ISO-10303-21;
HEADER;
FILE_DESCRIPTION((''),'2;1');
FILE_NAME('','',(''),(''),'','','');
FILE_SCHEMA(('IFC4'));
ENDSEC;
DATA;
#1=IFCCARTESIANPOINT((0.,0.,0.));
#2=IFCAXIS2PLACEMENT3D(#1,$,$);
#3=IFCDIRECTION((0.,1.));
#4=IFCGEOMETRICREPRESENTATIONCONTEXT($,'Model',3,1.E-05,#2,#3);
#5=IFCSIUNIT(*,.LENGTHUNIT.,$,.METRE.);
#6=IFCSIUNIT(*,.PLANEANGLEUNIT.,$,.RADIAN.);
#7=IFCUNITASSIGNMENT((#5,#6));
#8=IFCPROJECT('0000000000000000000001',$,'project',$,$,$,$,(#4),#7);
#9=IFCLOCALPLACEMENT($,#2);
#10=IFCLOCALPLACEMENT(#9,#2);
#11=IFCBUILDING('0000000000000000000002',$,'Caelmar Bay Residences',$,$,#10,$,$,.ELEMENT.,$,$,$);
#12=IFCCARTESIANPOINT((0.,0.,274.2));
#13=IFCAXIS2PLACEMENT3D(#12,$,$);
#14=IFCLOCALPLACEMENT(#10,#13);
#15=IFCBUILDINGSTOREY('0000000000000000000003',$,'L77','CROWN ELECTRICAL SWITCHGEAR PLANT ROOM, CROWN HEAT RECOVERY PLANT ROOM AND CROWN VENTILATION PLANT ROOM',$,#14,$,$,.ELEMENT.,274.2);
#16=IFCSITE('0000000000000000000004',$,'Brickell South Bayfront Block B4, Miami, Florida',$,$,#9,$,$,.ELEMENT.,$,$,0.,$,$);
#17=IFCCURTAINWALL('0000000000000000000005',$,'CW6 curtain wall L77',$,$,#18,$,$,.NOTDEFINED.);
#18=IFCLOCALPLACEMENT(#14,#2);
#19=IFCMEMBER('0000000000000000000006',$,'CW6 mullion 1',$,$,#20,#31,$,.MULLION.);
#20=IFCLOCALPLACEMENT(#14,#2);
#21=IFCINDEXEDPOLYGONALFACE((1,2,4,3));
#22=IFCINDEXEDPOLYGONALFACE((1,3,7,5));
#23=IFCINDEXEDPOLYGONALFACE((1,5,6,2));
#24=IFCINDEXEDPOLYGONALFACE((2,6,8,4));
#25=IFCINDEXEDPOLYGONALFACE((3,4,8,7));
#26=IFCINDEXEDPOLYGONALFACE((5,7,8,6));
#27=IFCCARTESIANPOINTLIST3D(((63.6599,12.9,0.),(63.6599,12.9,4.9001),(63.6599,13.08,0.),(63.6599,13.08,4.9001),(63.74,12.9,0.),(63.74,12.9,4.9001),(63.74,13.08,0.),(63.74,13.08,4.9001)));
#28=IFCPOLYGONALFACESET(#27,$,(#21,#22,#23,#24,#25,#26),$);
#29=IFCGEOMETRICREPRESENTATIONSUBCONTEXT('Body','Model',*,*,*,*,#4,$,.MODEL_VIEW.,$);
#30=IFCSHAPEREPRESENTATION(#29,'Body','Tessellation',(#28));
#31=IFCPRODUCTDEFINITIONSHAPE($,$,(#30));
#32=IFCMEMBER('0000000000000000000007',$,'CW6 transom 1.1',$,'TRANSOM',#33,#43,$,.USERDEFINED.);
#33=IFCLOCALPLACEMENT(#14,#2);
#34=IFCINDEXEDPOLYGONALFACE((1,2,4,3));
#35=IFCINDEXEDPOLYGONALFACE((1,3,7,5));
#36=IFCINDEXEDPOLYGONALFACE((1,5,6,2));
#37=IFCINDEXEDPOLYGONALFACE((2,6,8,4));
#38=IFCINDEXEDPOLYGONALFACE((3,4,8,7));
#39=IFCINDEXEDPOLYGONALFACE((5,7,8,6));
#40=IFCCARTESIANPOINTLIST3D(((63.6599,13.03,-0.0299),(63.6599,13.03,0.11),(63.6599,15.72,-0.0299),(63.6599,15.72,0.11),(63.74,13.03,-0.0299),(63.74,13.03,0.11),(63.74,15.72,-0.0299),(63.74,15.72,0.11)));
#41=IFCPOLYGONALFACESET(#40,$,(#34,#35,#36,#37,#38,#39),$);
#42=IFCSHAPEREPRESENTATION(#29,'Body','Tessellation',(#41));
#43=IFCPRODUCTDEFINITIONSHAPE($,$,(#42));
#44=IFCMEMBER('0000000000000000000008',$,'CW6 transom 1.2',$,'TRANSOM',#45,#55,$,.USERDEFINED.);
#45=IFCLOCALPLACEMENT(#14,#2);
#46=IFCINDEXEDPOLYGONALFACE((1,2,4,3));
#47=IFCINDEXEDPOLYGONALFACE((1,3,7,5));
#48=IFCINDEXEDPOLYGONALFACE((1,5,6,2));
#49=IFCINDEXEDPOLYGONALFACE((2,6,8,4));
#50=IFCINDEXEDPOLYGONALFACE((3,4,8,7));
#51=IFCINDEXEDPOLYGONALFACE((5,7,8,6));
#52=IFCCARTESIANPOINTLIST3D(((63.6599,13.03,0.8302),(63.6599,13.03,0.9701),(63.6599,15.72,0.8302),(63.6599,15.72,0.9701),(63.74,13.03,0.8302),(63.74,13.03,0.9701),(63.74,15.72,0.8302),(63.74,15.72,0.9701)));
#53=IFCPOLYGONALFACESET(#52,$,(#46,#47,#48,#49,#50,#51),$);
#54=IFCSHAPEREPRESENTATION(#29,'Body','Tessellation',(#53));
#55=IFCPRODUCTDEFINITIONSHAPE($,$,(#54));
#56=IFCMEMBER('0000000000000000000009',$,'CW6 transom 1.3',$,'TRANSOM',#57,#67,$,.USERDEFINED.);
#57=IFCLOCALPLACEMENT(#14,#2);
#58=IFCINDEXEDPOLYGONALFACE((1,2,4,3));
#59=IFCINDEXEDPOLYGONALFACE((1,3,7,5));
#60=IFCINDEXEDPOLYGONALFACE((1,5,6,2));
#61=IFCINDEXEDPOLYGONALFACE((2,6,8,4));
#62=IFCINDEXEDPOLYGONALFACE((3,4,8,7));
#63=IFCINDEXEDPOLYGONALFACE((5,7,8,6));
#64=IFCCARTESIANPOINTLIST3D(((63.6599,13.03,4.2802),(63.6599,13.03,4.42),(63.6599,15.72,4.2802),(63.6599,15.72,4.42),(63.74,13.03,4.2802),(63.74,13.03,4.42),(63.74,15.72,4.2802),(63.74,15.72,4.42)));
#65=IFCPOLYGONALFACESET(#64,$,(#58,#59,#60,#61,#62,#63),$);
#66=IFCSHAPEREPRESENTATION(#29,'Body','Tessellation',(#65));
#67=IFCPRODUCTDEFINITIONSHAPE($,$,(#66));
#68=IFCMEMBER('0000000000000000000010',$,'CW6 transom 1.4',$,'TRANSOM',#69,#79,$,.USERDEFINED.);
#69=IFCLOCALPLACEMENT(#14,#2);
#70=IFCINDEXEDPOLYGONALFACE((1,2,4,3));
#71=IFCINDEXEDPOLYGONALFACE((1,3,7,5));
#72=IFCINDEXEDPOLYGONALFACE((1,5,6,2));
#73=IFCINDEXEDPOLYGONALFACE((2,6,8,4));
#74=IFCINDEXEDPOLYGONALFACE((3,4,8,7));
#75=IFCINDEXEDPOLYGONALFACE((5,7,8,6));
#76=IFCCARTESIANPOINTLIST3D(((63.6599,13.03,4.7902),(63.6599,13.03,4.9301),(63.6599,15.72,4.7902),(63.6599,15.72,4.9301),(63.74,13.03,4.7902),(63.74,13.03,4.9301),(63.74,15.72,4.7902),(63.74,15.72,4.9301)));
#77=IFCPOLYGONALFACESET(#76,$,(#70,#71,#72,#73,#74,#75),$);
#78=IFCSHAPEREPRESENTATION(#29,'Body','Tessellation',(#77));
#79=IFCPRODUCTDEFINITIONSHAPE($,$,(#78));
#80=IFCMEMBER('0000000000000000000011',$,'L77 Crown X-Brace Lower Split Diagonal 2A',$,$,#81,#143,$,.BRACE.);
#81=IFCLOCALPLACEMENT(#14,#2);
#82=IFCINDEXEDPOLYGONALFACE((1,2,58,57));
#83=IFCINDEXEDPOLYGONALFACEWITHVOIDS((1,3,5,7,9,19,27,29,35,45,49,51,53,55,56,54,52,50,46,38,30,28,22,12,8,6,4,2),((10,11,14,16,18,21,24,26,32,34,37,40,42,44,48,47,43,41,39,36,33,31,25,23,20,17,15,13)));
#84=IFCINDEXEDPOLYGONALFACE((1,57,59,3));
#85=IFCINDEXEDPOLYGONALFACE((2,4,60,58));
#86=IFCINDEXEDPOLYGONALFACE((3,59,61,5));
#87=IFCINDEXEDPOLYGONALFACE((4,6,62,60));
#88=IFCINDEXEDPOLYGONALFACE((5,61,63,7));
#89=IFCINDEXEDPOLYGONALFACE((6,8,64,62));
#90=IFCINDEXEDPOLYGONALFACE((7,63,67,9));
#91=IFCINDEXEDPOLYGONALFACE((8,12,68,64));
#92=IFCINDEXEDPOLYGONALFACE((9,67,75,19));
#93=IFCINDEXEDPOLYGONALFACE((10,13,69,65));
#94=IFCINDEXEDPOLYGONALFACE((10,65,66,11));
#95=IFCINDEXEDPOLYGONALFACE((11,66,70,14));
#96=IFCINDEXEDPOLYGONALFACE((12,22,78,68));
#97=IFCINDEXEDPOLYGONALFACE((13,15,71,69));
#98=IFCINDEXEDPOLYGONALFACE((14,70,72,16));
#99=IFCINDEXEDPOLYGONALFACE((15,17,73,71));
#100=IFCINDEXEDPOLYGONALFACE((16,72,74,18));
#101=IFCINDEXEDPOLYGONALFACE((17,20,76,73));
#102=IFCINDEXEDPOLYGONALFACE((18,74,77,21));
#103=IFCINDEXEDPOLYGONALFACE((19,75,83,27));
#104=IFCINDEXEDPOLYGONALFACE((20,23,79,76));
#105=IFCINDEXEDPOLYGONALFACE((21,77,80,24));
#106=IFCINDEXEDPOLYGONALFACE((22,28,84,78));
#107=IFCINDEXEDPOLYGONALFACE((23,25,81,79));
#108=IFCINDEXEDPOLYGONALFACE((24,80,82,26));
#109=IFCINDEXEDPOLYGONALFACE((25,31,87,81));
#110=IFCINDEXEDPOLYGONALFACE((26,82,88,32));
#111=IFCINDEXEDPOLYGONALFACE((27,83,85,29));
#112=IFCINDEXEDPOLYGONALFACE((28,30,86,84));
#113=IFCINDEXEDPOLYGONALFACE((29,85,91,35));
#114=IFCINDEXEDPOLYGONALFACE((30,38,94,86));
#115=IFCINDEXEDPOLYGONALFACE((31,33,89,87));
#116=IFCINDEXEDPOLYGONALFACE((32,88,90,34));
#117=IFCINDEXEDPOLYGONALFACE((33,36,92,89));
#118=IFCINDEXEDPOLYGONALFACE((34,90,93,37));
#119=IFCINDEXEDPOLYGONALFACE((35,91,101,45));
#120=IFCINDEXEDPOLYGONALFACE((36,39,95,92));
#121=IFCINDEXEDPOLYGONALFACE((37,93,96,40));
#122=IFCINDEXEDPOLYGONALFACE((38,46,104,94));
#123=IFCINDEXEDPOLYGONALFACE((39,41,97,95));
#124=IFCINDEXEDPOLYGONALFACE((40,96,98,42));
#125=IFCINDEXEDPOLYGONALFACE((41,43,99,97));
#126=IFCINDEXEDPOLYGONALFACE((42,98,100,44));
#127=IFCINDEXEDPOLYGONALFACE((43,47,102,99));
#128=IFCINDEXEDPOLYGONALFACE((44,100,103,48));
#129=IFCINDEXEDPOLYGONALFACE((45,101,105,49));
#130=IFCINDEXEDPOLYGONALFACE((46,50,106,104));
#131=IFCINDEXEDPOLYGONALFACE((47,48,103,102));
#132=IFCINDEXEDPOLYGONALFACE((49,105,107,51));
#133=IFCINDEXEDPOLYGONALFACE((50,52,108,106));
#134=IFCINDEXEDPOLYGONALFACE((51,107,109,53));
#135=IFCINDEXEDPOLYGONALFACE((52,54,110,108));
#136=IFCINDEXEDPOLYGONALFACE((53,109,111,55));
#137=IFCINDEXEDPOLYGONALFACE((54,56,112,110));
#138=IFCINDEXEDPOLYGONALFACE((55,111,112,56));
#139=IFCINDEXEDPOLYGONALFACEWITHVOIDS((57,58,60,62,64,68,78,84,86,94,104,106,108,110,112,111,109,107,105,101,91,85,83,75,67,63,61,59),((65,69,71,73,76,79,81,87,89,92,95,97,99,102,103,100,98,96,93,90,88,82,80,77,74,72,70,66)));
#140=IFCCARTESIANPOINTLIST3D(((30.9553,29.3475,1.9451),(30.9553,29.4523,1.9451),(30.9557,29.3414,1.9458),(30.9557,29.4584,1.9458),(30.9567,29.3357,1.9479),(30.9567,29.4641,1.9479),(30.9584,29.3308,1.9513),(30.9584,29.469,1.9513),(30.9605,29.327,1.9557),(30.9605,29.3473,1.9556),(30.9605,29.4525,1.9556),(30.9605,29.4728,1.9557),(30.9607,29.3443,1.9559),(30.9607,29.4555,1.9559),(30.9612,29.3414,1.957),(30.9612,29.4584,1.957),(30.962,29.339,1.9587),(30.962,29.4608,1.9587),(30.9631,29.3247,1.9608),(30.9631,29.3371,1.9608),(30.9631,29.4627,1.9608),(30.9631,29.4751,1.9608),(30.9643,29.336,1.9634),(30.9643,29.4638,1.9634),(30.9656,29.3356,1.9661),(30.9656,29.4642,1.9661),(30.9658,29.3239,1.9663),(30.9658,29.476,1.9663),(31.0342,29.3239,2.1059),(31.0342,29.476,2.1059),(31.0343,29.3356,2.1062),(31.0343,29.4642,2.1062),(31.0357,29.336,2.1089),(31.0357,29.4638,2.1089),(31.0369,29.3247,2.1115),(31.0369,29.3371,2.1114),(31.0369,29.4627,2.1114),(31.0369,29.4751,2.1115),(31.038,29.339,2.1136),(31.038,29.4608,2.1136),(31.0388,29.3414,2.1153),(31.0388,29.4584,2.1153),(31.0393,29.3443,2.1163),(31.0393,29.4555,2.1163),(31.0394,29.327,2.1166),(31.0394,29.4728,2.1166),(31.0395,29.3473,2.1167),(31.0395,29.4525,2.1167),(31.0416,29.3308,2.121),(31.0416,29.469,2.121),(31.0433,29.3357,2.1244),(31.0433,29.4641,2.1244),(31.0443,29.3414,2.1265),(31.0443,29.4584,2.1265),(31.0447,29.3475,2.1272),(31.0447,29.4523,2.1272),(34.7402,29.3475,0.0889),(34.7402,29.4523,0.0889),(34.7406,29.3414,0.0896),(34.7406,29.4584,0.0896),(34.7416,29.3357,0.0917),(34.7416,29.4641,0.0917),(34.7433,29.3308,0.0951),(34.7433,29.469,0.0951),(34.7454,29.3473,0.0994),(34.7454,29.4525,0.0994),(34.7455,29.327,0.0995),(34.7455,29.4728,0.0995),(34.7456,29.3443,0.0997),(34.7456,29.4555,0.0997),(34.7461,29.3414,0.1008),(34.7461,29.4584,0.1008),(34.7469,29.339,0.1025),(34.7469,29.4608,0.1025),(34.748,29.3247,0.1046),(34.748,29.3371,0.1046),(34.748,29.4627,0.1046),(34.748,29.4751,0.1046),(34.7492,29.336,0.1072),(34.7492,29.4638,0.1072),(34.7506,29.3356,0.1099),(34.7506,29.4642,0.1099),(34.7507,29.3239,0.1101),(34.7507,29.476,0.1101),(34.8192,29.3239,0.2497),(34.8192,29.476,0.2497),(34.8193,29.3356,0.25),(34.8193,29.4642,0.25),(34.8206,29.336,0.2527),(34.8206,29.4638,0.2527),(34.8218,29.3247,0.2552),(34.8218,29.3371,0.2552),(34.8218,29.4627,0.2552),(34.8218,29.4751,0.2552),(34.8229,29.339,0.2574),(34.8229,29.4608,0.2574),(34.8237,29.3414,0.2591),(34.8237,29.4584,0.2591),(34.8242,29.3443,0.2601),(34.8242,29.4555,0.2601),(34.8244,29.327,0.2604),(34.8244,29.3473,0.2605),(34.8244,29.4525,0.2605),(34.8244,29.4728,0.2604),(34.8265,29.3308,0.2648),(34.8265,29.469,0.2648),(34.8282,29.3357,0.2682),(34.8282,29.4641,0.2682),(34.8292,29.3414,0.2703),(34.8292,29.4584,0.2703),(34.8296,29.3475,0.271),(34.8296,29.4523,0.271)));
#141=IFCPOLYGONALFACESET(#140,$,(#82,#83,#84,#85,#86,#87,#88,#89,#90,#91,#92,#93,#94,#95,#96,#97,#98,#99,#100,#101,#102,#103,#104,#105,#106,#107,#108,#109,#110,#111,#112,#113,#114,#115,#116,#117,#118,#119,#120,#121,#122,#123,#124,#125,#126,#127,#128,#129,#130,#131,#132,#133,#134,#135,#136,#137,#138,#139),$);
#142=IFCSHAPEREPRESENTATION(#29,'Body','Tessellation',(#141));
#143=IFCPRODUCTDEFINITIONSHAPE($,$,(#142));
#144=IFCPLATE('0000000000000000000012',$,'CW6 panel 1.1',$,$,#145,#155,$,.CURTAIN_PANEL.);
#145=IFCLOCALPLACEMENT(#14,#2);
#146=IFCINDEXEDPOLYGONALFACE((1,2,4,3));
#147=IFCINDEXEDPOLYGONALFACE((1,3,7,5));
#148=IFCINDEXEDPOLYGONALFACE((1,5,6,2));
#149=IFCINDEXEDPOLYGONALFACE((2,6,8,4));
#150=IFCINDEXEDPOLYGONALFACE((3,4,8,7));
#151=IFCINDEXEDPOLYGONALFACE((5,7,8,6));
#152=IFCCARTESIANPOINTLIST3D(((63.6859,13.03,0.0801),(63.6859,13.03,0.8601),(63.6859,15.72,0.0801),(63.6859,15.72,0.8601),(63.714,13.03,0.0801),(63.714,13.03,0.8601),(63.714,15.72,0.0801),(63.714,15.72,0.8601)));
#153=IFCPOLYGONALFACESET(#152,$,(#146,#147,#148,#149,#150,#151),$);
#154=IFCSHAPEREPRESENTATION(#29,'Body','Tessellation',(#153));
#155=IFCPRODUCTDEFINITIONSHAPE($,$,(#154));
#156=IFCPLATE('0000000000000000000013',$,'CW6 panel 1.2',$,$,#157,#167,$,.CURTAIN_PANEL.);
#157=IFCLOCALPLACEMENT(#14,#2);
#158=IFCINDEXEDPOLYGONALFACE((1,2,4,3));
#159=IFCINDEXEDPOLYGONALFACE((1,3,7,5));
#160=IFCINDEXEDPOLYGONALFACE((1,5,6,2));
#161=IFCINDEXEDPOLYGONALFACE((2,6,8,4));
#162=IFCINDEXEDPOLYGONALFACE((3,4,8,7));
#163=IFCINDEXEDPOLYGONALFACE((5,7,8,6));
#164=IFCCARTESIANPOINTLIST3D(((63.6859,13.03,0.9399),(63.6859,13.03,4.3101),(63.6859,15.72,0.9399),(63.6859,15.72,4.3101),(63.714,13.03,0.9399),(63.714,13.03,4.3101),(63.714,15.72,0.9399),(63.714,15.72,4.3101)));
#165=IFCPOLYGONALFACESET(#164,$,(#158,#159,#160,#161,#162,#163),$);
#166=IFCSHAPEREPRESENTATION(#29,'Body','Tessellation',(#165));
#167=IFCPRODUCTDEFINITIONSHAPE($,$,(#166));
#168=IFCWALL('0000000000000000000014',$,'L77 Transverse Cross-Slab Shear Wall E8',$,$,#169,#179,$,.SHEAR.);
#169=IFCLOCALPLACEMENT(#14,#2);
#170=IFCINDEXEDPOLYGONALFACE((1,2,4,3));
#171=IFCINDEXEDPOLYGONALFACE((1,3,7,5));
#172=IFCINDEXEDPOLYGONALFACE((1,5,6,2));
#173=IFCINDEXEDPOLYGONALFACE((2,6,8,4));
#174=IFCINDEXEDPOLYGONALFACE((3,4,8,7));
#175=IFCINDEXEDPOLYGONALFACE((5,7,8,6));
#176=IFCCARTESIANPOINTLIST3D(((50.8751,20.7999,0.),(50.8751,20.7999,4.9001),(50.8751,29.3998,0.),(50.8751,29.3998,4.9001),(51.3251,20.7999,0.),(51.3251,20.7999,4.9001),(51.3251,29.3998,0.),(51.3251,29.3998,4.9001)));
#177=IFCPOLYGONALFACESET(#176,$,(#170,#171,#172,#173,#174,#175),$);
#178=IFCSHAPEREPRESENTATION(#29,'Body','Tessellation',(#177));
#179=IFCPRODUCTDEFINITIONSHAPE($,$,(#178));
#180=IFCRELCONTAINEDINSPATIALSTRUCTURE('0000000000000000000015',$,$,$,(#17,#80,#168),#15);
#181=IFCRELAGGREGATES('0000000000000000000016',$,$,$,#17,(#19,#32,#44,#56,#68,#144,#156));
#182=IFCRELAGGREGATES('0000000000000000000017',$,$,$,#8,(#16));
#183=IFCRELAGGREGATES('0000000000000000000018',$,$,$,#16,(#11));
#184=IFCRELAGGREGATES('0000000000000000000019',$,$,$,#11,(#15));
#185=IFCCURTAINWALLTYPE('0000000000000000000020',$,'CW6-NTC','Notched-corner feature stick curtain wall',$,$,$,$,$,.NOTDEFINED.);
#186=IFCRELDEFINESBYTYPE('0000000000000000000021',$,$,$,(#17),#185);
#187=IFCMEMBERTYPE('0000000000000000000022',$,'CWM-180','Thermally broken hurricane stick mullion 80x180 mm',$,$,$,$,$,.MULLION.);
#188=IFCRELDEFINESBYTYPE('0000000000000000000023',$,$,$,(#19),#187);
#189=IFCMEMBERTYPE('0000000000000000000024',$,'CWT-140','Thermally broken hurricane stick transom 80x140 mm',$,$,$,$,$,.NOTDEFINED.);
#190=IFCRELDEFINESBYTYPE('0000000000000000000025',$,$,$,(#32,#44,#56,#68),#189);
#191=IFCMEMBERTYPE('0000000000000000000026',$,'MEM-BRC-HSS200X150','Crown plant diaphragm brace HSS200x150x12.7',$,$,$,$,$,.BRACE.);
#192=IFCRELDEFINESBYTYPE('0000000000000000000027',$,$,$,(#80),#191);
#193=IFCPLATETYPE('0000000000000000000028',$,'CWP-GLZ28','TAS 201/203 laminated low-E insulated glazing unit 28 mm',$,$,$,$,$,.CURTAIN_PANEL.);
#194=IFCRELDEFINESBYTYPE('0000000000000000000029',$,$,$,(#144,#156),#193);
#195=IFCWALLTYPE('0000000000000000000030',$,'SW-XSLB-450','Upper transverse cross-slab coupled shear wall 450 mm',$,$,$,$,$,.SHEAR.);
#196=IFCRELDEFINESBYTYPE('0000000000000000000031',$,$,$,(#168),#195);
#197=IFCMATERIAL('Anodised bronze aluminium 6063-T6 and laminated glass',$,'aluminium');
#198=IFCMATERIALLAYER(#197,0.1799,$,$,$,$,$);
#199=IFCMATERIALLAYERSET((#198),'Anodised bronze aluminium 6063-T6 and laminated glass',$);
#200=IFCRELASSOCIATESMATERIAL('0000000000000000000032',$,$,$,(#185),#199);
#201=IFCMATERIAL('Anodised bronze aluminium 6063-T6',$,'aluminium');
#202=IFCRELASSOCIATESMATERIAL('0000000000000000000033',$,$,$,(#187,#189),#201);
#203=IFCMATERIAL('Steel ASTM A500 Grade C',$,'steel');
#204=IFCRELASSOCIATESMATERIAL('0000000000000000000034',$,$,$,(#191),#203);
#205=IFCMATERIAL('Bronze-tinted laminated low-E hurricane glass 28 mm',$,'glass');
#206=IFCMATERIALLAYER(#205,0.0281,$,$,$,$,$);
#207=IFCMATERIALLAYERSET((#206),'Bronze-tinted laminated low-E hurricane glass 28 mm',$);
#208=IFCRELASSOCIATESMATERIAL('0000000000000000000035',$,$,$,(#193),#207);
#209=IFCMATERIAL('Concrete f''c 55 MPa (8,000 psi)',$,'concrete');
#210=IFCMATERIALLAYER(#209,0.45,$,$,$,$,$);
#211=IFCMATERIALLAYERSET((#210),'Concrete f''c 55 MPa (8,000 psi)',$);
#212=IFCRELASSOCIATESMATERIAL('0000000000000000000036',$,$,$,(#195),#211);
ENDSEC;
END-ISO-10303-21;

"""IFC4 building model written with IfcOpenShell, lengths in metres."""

from ifc_helpers import new_model, si_unit, direction, frame, frame_2d, origin, origin_2d, place, context, subcontext, project, spatial, rectangle, hollow_rectangle, extrude, material, layer, layer_set, material_profile, profile_set, type_object, element, aggregate, save


model = new_model("IFC4")

# Units and contexts
model_context = context("Model", 3, precision=1e-05, world=origin(), true_north=direction((0.0, 1.0)))
body_context = subcontext(model_context, "Body", "Model", "MODEL_VIEW")
ifc_project = project(units=[si_unit("LENGTHUNIT", "METRE"), si_unit("PLANEANGLEUNIT", "RADIAN")], contexts=[model_context])

# Site, building, storey
site_placement = place(None, origin())
site = spatial("IfcSite", under=ifc_project, at=site_placement, Name="Brickell South Bayfront Block B4, Miami, Florida", CompositionType="ELEMENT", RefElevation=0.0)
building_placement = place(site_placement, origin())
building = spatial("IfcBuilding", under=site, at=building_placement, Name="Caelmar Bay Residences", CompositionType="ELEMENT")
storey_placement = place(building_placement, frame((0.0, 0.0, 274.2)))
storey = spatial("IfcBuildingStorey", under=building, at=storey_placement, Name="L77", Description="CROWN ELECTRICAL SWITCHGEAR PLANT ROOM, CROWN HEAT RECOVERY PLANT ROOM AND CROWN VENTILATION PLANT ROOM", CompositionType="ELEMENT", Elevation=274.2)

# Shared definitions
ifc_material_1 = material(Name="Concrete f'c 55 MPa (8,000 psi)", Category="concrete")

# Curtain wall, members
ifc_material_2 = material(Name="Anodised bronze aluminium 6063-T6 and laminated glass", Category="aluminium")
ifc_layer_1 = layer(ifc_material_2, 0.1799)
ifc_layer_set_1 = layer_set([ifc_layer_1], Name="Anodised bronze aluminium 6063-T6 and laminated glass")
curtain_wall_type = type_object("IfcCurtainWallType", Name="CW6-NTC", Description="Notched-corner feature stick curtain wall", PredefinedType="NOTDEFINED", material=ifc_layer_set_1)
curtain_wall_placement = place(storey_placement, origin())
curtain_wall = element("IfcCurtainWall", 1, at=curtain_wall_placement, inside=storey, type_object=curtain_wall_type, Name="CW6 curtain wall L77", PredefinedType="NOTDEFINED")
ifc_material_3 = material(Name="Anodised bronze aluminium 6063-T6", Category="aluminium")
ifc_material_profile_1 = material_profile(ifc_material_3, rectangle(XDim=0.0801, YDim=0.1799, at=origin_2d()), Name="CWM-80X180")
ifc_profile_set_1 = profile_set([ifc_material_profile_1], Name="Anodised bronze aluminium 6063-T6")
member_type_1 = type_object("IfcMemberType", Name="CWM-180", Description="Thermally broken hurricane stick mullion 80x180 mm", PredefinedType="MULLION", material=ifc_profile_set_1)
member_1_placement = place(storey_placement, frame((63.7, 12.99, 0.0), z_axis=(0.0, 0.0, 1.0), x_axis=(-1.0, 0.0, 0.0)))
member_1 = element("IfcMember", 2, at=member_1_placement, type_object=member_type_1, Name="CW6 mullion 1", PredefinedType="MULLION", context=body_context, shape_type="SweptSolid", body=[
    extrude(rectangle(XDim=0.0801, YDim=0.1799, at=origin_2d()), origin(), (0.0, 0.0, 1.0), 4.9001),
])
ifc_material_profile_2 = material_profile(ifc_material_3, rectangle(XDim=0.0801, YDim=0.1399, at=origin_2d()), Name="CWT-80X140")
ifc_profile_set_2 = profile_set([ifc_material_profile_2], Name="Anodised bronze aluminium 6063-T6")
member_type_2 = type_object("IfcMemberType", Name="CWT-140", Description="Thermally broken hurricane stick transom 80x140 mm", PredefinedType="NOTDEFINED", material=ifc_profile_set_2)
member_2_placement = place(storey_placement, frame((63.7, 13.03, 0.04), z_axis=(0.0, 1.0, 0.0), x_axis=(-1.0, 0.0, 0.0)))
member_2 = element("IfcMember", 3, at=member_2_placement, type_object=member_type_2, Name="CW6 transom 1.1", ObjectType="TRANSOM", PredefinedType="USERDEFINED", context=body_context, shape_type="SweptSolid", body=[
    extrude(rectangle(XDim=0.0801, YDim=0.1399, at=origin_2d()), origin(), (0.0, 0.0, 1.0), 2.6899),
])
member_3_placement = place(storey_placement, frame((63.7, 13.03, 0.9001), z_axis=(0.0, 1.0, 0.0), x_axis=(-1.0, 0.0, 0.0)))
member_3 = element("IfcMember", 4, at=member_3_placement, type_object=member_type_2, Name="CW6 transom 1.2", ObjectType="TRANSOM", PredefinedType="USERDEFINED", context=body_context, shape_type="SweptSolid", body=[
    extrude(rectangle(XDim=0.0801, YDim=0.1399, at=origin_2d()), origin(), (0.0, 0.0, 1.0), 2.6899),
])
member_4_placement = place(storey_placement, frame((63.7, 13.03, 4.3501), z_axis=(0.0, 1.0, 0.0), x_axis=(-1.0, 0.0, 0.0)))
member_4 = element("IfcMember", 5, at=member_4_placement, type_object=member_type_2, Name="CW6 transom 1.3", ObjectType="TRANSOM", PredefinedType="USERDEFINED", context=body_context, shape_type="SweptSolid", body=[
    extrude(rectangle(XDim=0.0801, YDim=0.1399, at=origin_2d()), origin(), (0.0, 0.0, 1.0), 2.6899),
])
member_5_placement = place(storey_placement, frame((63.7, 13.03, 4.8601), z_axis=(0.0, 1.0, 0.0), x_axis=(-1.0, 0.0, 0.0)))
member_5 = element("IfcMember", 6, at=member_5_placement, type_object=member_type_2, Name="CW6 transom 1.4", ObjectType="TRANSOM", PredefinedType="USERDEFINED", context=body_context, shape_type="SweptSolid", body=[
    extrude(rectangle(XDim=0.0801, YDim=0.1399, at=origin_2d()), origin(), (0.0, 0.0, 1.0), 2.6899),
])

# Member
ifc_material_4 = material(Name="Steel ASTM A500 Grade C", Category="steel")
ifc_material_profile_3 = material_profile(ifc_material_4, hollow_rectangle(XDim=0.1521, YDim=0.2029, WallThickness=0.0117, InnerFilletRadius=0.0117, OuterFilletRadius=0.0237, at=origin_2d()), Name="HSS200X150X12.7")
ifc_profile_set_3 = profile_set([ifc_material_profile_3], Name="Steel ASTM A500 Grade C")
member_type_3 = type_object("IfcMemberType", Name="MEM-BRC-HSS200X150", Description="Crown plant diaphragm brace HSS200x150x12.7", PredefinedType="BRACE", material=ifc_profile_set_3)
member_6_placement = place(storey_placement, frame((34.7849, 29.3999, 0.1799), z_axis=(-0.897841, 0.0, 0.44032), x_axis=(0.0, -1.0, 0.0)))
element("IfcMember", 7, at=member_6_placement, inside=storey, type_object=member_type_3, Name="L77 Crown X-Brace Lower Split Diagonal 2A", PredefinedType="BRACE", context=body_context, shape_type="SweptSolid", body=[
    extrude(hollow_rectangle(XDim=0.1521, YDim=0.2029, WallThickness=0.0117, InnerFilletRadius=0.0117, OuterFilletRadius=0.0237, at=origin_2d()), origin(), (0.0, 0.0, 1.0), 4.2156),
])

# Plates
ifc_material_5 = material(Name="Bronze-tinted laminated low-E hurricane glass 28 mm", Category="glass")
ifc_layer_2 = layer(ifc_material_5, 0.0281)
ifc_layer_set_2 = layer_set([ifc_layer_2], Name="Bronze-tinted laminated low-E hurricane glass 28 mm")
plate_type = type_object("IfcPlateType", Name="CWP-GLZ28", Description="TAS 201/203 laminated low-E insulated glazing unit 28 mm", PredefinedType="CURTAIN_PANEL", material=ifc_layer_set_2)
plate_1_placement = place(storey_placement, frame((63.7, 14.375, 0.0801), z_axis=(0.0, 0.0, 1.0), x_axis=(0.0, 1.0, 0.0)))
plate_1 = element("IfcPlate", 8, at=plate_1_placement, type_object=plate_type, Name="CW6 panel 1.1", PredefinedType="CURTAIN_PANEL", context=body_context, shape_type="SweptSolid", body=[
    extrude(rectangle(XDim=2.6899, YDim=0.0281, at=origin_2d()), origin(), (0.0, 0.0, 1.0), 0.78),
])
plate_2_placement = place(storey_placement, frame((63.7, 14.375, 0.9399), z_axis=(0.0, 0.0, 1.0), x_axis=(0.0, 1.0, 0.0)))
plate_2 = element("IfcPlate", 9, at=plate_2_placement, type_object=plate_type, Name="CW6 panel 1.2", PredefinedType="CURTAIN_PANEL", context=body_context, shape_type="SweptSolid", body=[
    extrude(rectangle(XDim=2.6899, YDim=0.0281, at=origin_2d()), origin(), (0.0, 0.0, 1.0), 3.3701),
])
aggregate(curtain_wall, [member_1, member_2, member_3, member_4, member_5, plate_1, plate_2])

# Wall
ifc_layer_3 = layer(ifc_material_1, 0.45)
ifc_layer_set_3 = layer_set([ifc_layer_3], Name="Concrete f'c 55 MPa (8,000 psi)")
wall_type_1 = type_object("IfcWallType", Name="SW-XSLB-450", Description="Upper transverse cross-slab coupled shear wall 450 mm", PredefinedType="SHEAR", material=ifc_layer_set_3)
wall_1_placement = place(storey_placement, frame((51.1001, 20.8, 0.0), z_axis=(0.0, 0.0, 1.0), x_axis=(0.0, 1.0, 0.0)))
element("IfcWall", 10, at=wall_1_placement, inside=storey, type_object=wall_type_1, Name="L77 Transverse Cross-Slab Shear Wall E8", PredefinedType="SHEAR", context=body_context, shape_type="SweptSolid", body=[
    extrude(rectangle(XDim=8.5999, YDim=0.45, at=frame_2d((4.2998, 0.0))), origin(), (0.0, 0.0, 1.0), 4.9001),
])

save(model, "model.ifc")
